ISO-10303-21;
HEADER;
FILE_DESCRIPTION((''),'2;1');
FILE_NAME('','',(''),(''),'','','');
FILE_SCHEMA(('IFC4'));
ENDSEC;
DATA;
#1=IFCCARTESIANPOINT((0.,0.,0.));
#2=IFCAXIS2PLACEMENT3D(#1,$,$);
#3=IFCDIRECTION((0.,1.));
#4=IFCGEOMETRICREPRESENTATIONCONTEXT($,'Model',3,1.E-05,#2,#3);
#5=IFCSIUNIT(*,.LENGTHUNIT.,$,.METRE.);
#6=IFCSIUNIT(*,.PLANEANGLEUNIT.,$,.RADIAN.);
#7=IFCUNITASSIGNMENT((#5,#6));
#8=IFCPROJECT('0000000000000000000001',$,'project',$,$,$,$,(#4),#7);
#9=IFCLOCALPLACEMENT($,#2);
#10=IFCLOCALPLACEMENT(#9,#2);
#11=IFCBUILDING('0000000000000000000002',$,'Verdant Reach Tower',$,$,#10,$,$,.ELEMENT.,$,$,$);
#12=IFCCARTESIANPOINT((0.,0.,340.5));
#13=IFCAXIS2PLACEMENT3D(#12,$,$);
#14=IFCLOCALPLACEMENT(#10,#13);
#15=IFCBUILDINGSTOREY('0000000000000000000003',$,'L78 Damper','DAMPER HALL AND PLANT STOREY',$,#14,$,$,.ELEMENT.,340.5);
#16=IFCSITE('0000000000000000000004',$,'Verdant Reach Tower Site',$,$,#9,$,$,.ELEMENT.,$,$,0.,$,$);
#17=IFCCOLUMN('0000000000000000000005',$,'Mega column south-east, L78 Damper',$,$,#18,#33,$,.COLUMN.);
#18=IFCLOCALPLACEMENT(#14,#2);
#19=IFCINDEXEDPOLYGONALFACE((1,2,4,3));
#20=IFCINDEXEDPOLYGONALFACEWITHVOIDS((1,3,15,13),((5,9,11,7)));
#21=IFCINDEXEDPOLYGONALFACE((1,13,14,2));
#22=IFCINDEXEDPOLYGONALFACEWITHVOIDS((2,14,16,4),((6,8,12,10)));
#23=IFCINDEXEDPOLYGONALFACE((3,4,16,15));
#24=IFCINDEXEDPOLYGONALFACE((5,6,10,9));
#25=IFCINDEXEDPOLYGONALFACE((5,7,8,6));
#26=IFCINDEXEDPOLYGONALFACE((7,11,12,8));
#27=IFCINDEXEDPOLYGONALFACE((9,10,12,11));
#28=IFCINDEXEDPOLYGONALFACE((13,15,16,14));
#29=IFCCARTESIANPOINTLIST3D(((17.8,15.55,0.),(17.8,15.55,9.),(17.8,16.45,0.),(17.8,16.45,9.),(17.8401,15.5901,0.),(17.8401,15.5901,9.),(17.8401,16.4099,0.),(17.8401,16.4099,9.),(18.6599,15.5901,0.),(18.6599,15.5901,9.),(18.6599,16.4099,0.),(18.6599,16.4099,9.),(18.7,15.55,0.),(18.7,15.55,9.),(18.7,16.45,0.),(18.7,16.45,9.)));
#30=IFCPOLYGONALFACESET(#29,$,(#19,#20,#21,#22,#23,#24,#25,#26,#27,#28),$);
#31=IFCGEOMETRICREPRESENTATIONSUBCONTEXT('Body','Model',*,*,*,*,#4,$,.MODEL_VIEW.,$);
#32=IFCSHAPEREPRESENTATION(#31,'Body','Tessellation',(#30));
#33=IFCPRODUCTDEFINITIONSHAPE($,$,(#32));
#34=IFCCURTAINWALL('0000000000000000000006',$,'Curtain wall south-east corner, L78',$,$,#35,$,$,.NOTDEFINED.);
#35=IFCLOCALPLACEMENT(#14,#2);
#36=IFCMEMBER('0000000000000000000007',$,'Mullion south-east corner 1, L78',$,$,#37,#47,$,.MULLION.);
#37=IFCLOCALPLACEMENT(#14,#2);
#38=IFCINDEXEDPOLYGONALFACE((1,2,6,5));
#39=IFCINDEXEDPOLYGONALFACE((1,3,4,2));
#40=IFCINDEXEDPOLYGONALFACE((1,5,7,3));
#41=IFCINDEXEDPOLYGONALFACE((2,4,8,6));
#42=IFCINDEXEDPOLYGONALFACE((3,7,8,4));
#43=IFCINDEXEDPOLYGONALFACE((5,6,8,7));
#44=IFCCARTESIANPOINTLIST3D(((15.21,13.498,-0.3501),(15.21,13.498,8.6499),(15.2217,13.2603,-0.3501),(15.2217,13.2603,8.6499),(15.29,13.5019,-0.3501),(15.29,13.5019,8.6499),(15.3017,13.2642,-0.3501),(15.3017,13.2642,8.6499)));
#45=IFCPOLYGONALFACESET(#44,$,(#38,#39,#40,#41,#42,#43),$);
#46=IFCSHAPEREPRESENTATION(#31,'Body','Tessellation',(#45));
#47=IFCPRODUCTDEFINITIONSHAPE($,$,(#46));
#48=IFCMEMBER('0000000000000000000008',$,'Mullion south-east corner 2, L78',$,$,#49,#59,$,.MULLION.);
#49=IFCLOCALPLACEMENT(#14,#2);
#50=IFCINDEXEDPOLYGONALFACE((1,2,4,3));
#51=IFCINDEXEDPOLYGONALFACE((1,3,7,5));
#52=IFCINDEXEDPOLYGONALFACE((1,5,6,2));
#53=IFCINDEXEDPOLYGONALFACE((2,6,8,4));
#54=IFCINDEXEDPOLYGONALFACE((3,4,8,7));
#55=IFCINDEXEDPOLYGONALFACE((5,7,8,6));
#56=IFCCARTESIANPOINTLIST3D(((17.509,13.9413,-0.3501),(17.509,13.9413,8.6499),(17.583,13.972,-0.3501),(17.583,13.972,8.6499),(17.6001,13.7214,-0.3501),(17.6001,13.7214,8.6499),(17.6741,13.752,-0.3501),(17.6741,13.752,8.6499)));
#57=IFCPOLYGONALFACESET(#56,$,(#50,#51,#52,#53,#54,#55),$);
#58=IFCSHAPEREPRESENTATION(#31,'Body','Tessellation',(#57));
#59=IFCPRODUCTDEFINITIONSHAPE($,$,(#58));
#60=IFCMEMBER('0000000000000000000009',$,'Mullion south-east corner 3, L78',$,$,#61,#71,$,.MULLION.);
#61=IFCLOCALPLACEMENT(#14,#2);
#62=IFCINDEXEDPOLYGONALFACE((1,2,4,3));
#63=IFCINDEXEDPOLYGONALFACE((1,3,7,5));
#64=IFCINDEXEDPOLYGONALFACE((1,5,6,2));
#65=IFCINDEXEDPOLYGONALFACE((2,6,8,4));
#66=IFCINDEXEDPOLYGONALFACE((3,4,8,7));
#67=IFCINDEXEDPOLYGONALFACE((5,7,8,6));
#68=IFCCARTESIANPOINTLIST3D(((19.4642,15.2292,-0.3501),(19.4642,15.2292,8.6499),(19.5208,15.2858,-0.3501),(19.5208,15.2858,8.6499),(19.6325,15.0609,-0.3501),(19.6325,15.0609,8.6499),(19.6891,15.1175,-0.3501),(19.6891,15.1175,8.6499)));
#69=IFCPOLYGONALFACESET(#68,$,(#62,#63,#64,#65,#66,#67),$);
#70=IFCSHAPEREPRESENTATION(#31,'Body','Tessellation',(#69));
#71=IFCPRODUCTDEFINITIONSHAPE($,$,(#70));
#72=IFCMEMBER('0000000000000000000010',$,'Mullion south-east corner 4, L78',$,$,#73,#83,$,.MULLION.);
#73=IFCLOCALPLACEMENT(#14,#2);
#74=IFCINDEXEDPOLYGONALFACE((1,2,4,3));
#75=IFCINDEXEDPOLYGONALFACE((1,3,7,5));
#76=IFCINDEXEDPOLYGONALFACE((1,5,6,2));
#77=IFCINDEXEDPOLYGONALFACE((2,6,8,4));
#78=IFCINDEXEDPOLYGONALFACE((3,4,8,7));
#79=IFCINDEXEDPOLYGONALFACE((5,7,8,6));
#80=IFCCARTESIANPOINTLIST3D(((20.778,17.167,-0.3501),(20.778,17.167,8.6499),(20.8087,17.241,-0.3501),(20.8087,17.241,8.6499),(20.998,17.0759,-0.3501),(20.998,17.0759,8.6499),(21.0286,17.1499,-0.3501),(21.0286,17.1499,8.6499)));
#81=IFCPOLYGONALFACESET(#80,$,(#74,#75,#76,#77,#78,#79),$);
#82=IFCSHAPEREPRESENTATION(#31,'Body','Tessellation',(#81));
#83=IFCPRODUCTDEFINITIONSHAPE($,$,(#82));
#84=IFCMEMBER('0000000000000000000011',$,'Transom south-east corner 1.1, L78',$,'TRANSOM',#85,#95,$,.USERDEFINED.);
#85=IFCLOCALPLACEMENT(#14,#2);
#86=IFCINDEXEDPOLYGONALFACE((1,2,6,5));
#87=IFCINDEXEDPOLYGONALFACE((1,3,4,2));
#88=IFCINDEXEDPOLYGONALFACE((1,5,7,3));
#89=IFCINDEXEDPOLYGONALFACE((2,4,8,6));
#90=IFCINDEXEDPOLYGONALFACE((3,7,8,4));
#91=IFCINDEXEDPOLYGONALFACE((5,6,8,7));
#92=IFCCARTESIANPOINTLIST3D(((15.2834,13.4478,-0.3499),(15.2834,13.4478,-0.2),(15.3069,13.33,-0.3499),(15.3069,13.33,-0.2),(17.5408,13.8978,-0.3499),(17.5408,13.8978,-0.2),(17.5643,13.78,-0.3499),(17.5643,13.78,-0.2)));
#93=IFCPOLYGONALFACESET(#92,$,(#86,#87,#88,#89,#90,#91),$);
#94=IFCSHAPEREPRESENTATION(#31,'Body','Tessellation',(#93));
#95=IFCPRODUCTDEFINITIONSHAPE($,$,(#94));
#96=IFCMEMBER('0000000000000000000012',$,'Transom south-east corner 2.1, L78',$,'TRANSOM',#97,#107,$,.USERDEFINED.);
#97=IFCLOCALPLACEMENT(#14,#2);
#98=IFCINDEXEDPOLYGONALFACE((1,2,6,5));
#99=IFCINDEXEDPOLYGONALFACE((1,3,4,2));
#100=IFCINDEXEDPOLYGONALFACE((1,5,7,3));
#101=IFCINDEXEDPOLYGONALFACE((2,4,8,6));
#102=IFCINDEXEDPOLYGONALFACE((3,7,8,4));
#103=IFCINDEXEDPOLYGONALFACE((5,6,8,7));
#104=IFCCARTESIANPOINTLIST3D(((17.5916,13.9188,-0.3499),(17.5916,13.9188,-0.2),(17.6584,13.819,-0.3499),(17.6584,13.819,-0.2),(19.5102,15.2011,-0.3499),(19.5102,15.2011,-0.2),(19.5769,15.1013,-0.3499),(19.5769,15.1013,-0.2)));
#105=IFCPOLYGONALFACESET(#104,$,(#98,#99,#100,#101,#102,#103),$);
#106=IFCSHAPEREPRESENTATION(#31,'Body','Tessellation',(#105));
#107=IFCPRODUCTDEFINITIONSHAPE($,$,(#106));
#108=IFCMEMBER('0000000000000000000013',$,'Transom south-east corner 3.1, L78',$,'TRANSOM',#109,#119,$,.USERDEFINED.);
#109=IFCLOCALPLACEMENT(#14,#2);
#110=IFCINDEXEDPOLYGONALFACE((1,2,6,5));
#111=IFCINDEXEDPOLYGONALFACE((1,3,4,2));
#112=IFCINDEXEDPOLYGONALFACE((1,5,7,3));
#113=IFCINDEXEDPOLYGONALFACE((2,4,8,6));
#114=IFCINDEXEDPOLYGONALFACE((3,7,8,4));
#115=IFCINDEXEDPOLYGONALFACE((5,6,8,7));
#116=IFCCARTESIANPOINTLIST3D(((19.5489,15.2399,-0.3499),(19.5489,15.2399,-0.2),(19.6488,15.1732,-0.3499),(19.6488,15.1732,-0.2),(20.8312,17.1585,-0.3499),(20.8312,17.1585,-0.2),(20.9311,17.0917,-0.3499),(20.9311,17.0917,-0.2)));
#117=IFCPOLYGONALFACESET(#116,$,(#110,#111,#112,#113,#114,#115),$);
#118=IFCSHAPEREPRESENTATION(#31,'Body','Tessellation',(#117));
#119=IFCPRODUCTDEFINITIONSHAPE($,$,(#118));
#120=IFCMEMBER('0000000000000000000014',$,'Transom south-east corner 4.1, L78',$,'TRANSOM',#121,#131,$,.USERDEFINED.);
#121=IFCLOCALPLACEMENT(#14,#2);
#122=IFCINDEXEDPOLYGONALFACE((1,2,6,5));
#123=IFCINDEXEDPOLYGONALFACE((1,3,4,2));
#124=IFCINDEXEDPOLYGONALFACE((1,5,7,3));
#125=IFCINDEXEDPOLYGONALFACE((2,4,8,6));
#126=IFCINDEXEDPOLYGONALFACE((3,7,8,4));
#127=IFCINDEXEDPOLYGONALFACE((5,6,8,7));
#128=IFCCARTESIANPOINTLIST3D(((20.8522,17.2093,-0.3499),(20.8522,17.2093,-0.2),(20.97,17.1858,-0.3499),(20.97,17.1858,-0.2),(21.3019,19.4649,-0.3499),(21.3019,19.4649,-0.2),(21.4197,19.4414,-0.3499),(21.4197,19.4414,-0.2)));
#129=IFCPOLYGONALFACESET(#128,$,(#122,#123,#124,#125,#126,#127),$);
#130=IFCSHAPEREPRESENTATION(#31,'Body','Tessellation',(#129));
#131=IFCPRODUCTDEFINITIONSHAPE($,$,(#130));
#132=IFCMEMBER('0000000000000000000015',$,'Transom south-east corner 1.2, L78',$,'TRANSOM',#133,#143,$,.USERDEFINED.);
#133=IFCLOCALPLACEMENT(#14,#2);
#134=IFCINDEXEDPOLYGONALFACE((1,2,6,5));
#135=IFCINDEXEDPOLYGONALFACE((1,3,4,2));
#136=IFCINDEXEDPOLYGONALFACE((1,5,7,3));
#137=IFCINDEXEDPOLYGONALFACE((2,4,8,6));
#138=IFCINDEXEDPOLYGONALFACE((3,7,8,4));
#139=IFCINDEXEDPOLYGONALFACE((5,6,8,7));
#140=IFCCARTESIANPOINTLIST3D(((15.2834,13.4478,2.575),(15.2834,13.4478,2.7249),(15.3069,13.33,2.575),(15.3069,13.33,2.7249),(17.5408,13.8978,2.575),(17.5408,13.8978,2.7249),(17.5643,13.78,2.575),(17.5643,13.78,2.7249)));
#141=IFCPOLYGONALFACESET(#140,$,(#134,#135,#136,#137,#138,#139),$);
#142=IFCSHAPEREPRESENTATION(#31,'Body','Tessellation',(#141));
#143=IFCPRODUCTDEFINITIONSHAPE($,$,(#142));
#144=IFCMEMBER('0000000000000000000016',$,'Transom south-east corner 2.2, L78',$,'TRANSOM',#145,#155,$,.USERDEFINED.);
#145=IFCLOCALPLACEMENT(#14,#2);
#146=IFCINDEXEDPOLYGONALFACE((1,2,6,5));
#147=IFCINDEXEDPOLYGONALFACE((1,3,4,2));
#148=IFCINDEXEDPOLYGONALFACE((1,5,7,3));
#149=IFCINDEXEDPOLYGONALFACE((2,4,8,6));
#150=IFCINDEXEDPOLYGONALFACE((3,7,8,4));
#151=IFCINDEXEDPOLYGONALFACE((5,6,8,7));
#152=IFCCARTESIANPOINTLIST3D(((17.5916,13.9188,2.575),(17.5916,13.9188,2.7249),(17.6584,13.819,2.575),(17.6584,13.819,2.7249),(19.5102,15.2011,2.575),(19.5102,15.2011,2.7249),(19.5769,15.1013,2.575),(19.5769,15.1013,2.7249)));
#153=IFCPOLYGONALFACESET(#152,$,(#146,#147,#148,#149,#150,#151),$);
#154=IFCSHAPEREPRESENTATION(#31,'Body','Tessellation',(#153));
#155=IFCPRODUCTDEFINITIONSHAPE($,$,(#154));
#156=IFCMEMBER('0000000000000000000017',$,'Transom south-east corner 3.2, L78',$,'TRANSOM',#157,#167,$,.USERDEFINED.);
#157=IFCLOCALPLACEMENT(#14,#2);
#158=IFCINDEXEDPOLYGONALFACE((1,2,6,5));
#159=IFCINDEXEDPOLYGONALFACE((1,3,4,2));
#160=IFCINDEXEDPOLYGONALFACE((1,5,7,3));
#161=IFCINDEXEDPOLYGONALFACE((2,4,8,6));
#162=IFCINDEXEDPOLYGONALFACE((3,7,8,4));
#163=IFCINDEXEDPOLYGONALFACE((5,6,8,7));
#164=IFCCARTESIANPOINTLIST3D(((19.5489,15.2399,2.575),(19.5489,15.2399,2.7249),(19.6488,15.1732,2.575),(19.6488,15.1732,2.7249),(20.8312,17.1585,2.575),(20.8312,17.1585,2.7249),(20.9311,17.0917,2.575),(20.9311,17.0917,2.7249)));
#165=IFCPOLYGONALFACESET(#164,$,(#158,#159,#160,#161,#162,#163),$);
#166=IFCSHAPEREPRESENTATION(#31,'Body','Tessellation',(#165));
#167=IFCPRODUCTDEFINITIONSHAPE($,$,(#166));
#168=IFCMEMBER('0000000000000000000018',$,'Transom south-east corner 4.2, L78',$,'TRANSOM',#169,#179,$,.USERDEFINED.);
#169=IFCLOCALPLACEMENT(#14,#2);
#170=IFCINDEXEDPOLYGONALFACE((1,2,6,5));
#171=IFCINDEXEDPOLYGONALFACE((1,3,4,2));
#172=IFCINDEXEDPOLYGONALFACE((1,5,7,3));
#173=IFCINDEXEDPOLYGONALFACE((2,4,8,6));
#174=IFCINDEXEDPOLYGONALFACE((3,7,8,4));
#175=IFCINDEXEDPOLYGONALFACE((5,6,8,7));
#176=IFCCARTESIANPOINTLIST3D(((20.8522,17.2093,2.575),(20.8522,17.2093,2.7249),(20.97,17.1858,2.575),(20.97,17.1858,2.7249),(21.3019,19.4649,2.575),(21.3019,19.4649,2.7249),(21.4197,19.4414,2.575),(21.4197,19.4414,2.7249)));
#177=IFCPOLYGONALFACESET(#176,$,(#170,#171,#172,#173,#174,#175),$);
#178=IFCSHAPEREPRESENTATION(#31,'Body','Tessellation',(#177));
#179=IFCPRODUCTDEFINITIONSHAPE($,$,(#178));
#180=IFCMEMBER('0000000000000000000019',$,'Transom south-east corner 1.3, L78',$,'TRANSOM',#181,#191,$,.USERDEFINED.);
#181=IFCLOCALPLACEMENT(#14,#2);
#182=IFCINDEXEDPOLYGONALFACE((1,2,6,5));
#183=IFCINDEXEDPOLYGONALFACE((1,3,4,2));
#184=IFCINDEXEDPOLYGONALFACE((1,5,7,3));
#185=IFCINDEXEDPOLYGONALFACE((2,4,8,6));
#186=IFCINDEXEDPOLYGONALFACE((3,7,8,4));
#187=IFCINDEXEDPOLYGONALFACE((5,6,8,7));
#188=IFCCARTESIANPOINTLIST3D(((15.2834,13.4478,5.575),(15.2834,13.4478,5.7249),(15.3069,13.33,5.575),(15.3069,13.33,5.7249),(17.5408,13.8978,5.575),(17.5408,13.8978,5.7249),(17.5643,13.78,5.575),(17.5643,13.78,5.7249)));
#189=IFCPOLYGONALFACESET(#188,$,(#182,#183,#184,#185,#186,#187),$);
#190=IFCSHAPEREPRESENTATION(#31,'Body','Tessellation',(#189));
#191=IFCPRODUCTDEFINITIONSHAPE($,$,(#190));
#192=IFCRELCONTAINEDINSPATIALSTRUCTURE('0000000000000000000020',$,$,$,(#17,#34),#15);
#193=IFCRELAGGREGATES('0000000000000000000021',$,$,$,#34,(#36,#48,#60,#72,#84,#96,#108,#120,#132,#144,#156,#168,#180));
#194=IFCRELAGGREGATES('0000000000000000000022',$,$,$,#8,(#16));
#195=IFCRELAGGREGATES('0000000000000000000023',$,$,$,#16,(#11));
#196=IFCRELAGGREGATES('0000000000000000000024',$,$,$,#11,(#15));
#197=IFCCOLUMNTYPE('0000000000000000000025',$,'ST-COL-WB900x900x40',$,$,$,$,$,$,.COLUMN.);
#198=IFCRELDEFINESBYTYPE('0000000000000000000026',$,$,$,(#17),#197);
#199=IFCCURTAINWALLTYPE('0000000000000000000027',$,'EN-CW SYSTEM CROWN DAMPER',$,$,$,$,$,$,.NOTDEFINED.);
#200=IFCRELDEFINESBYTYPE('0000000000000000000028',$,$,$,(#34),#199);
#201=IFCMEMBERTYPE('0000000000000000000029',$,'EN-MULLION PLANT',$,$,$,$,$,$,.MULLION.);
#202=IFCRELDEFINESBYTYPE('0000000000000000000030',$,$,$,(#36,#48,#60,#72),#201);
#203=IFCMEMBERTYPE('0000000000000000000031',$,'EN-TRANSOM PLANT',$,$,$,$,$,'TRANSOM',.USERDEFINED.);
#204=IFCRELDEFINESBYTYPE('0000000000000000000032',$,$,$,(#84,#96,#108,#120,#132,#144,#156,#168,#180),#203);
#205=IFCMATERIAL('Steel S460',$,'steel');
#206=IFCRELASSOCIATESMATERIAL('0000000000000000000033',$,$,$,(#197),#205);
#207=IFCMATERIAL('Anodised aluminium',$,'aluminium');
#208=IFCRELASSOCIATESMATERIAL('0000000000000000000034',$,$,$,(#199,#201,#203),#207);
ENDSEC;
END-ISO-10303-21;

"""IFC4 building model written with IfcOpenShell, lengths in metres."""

from ifc_helpers import new_model, si_unit, direction, frame, origin, origin_2d, place, context, subcontext, project, spatial, rectangle, hollow_rectangle, extrude, material, material_profile, profile_set, type_object, element, aggregate, save


model = new_model("IFC4")

# Units and contexts
model_context = context("Model", 3, precision=1e-05, world=origin(), true_north=direction((0.0, 1.0)))
body_context = subcontext(model_context, "Body", "Model", "MODEL_VIEW")
ifc_project = project(units=[si_unit("LENGTHUNIT", "METRE"), si_unit("PLANEANGLEUNIT", "RADIAN")], contexts=[model_context])

# Site, building, storey
site_placement = place(None, origin())
site = spatial("IfcSite", under=ifc_project, at=site_placement, Name="Verdant Reach Tower Site", CompositionType="ELEMENT", RefElevation=0.0)
building_placement = place(site_placement, origin())
building = spatial("IfcBuilding", under=site, at=building_placement, Name="Verdant Reach Tower", CompositionType="ELEMENT")
storey_placement = place(building_placement, frame((0.0, 0.0, 340.5)))
storey = spatial("IfcBuildingStorey", under=building, at=storey_placement, Name="L78 Damper", Description="DAMPER HALL AND PLANT STOREY", CompositionType="ELEMENT", Elevation=340.5)

# Column
ifc_material_1 = material(Name="Steel S460", Category="steel")
ifc_material_profile_1 = material_profile(ifc_material_1, hollow_rectangle(XDim=0.8999, YDim=0.8999, WallThickness=0.04, at=origin_2d()), Name="WB 900x900x40")
ifc_profile_set_1 = profile_set([ifc_material_profile_1], Name="Steel S460")
column_type = type_object("IfcColumnType", Name="ST-COL-WB900x900x40", PredefinedType="COLUMN", material=ifc_profile_set_1)
column_placement = place(storey_placement, frame((18.25, 16.0, 0.0), z_axis=(0.0, 0.0, 1.0), x_axis=(1.0, 0.0, 0.0)))
element("IfcColumn", 1, at=column_placement, inside=storey, type_object=column_type, Name="Mega column south-east, L78 Damper", PredefinedType="COLUMN", context=body_context, shape_type="SweptSolid", body=[
    extrude(hollow_rectangle(XDim=0.8999, YDim=0.8999, WallThickness=0.04, at=origin_2d()), origin(), (0.0, 0.0, 1.0), 9.0),
])

# Curtain wall, members
ifc_material_2 = material(Name="Anodised aluminium", Category="aluminium")
curtain_wall_type = type_object("IfcCurtainWallType", Name="EN-CW SYSTEM CROWN DAMPER", PredefinedType="NOTDEFINED", material=ifc_material_2)
curtain_wall_placement = place(storey_placement, origin())
curtain_wall = element("IfcCurtainWall", 2, at=curtain_wall_placement, inside=storey, type_object=curtain_wall_type, Name="Curtain wall south-east corner, L78", PredefinedType="NOTDEFINED")
ifc_material_profile_2 = material_profile(ifc_material_2, rectangle(XDim=0.238, YDim=0.0801, at=origin_2d()), Name="Mullion 80x240")
ifc_profile_set_2 = profile_set([ifc_material_profile_2], Name="Anodised aluminium")
member_type_1 = type_object("IfcMemberType", Name="EN-MULLION PLANT", PredefinedType="MULLION", material=ifc_profile_set_2)
member_1_placement = place(storey_placement, frame((15.2559, 13.3811, -0.3501), z_axis=(0.0, 0.0, 1.0), x_axis=(0.049128, -0.998793, 0.0)))
member_1 = element("IfcMember", 3, at=member_1_placement, type_object=member_type_1, Name="Mullion south-east corner 1, L78", PredefinedType="MULLION", context=body_context, shape_type="SweptSolid", body=[
    extrude(rectangle(XDim=0.238, YDim=0.0801, at=origin_2d()), origin(), (0.0, 0.0, 1.0), 9.0),
])
member_2_placement = place(storey_placement, frame((17.5916, 13.8467, -0.3501), z_axis=(0.0, 0.0, 1.0), x_axis=(0.382694, -0.923875, 0.0)))
member_2 = element("IfcMember", 4, at=member_2_placement, type_object=member_type_1, Name="Mullion south-east corner 2, L78", PredefinedType="MULLION", context=body_context, shape_type="SweptSolid", body=[
    extrude(rectangle(XDim=0.238, YDim=0.0801, at=origin_2d()), origin(), (0.0, 0.0, 1.0), 9.0),
])
member_3_placement = place(storey_placement, frame((19.5767, 15.1733, -0.3501), z_axis=(0.0, 0.0, 1.0), x_axis=(0.707107, -0.707107, 0.0)))
member_3 = element("IfcMember", 5, at=member_3_placement, type_object=member_type_1, Name="Mullion south-east corner 3, L78", PredefinedType="MULLION", context=body_context, shape_type="SweptSolid", body=[
    extrude(rectangle(XDim=0.238, YDim=0.0801, at=origin_2d()), origin(), (0.0, 0.0, 1.0), 9.0),
])
member_4_placement = place(storey_placement, frame((20.9033, 17.1584, -0.3501), z_axis=(0.0, 0.0, 1.0), x_axis=(0.923875, -0.382694, 0.0)))
member_4 = element("IfcMember", 6, at=member_4_placement, type_object=member_type_1, Name="Mullion south-east corner 4, L78", PredefinedType="MULLION", context=body_context, shape_type="SweptSolid", body=[
    extrude(rectangle(XDim=0.238, YDim=0.0801, at=origin_2d()), origin(), (0.0, 0.0, 1.0), 9.0),
])
ifc_material_profile_3 = material_profile(ifc_material_2, rectangle(XDim=0.1201, YDim=0.1499, at=origin_2d()), Name="Transom 150x120")
ifc_profile_set_3 = profile_set([ifc_material_profile_3], Name="Anodised aluminium")
member_type_2 = type_object("IfcMemberType", Name="EN-TRANSOM PLANT", ElementType="TRANSOM", PredefinedType="USERDEFINED", material=ifc_profile_set_3)
member_5_placement = place(storey_placement, frame((15.2952, 13.3889, -0.2749), z_axis=(0.980707, 0.195484, 0.0), x_axis=(-0.195484, 0.980707, 0.0)))
member_5 = element("IfcMember", 7, at=member_5_placement, type_object=member_type_2, Name="Transom south-east corner 1.1, L78", ObjectType="TRANSOM", PredefinedType="USERDEFINED", context=body_context, shape_type="SweptSolid", body=[
    extrude(rectangle(XDim=0.1201, YDim=0.1499, at=origin_2d()), origin(), (0.0, 0.0, 1.0), 2.3018),
])
member_6_placement = place(storey_placement, frame((17.625, 13.8689, -0.2749), z_axis=(0.831399, 0.555676, 0.0), x_axis=(-0.555676, 0.831399, 0.0)))
member_6 = element("IfcMember", 8, at=member_6_placement, type_object=member_type_2, Name="Transom south-east corner 2.1, L78", ObjectType="TRANSOM", PredefinedType="USERDEFINED", context=body_context, shape_type="SweptSolid", body=[
    extrude(rectangle(XDim=0.1201, YDim=0.1499, at=origin_2d()), origin(), (0.0, 0.0, 1.0), 2.3076),
])
member_7_placement = place(storey_placement, frame((19.5989, 15.2065, -0.2749), z_axis=(0.555676, 0.831399, 0.0), x_axis=(-0.831399, 0.555676, 0.0)))
member_7 = element("IfcMember", 9, at=member_7_placement, type_object=member_type_2, Name="Transom south-east corner 3.1, L78", ObjectType="TRANSOM", PredefinedType="USERDEFINED", context=body_context, shape_type="SweptSolid", body=[
    extrude(rectangle(XDim=0.1201, YDim=0.1499, at=origin_2d()), origin(), (0.0, 0.0, 1.0), 2.3076),
])
member_8_placement = place(storey_placement, frame((20.9111, 17.1975, -0.2749), z_axis=(0.195524, 0.980699, 0.0), x_axis=(-0.980699, 0.195524, 0.0)))
member_8 = element("IfcMember", 10, at=member_8_placement, type_object=member_type_2, Name="Transom south-east corner 4.1, L78", ObjectType="TRANSOM", PredefinedType="USERDEFINED", context=body_context, shape_type="SweptSolid", body=[
    extrude(rectangle(XDim=0.1201, YDim=0.1499, at=origin_2d()), origin(), (0.0, 0.0, 1.0), 2.3),
])
member_9_placement = place(storey_placement, frame((15.2952, 13.3889, 2.6499), z_axis=(0.980707, 0.195484, 0.0), x_axis=(-0.195484, 0.980707, 0.0)))
member_9 = element("IfcMember", 11, at=member_9_placement, type_object=member_type_2, Name="Transom south-east corner 1.2, L78", ObjectType="TRANSOM", PredefinedType="USERDEFINED", context=body_context, shape_type="SweptSolid", body=[
    extrude(rectangle(XDim=0.1201, YDim=0.1499, at=origin_2d()), origin(), (0.0, 0.0, 1.0), 2.3018),
])
member_10_placement = place(storey_placement, frame((17.625, 13.8689, 2.6499), z_axis=(0.831399, 0.555676, 0.0), x_axis=(-0.555676, 0.831399, 0.0)))
member_10 = element("IfcMember", 12, at=member_10_placement, type_object=member_type_2, Name="Transom south-east corner 2.2, L78", ObjectType="TRANSOM", PredefinedType="USERDEFINED", context=body_context, shape_type="SweptSolid", body=[
    extrude(rectangle(XDim=0.1201, YDim=0.1499, at=origin_2d()), origin(), (0.0, 0.0, 1.0), 2.3076),
])
member_11_placement = place(storey_placement, frame((19.5989, 15.2065, 2.6499), z_axis=(0.555676, 0.831399, 0.0), x_axis=(-0.831399, 0.555676, 0.0)))
member_11 = element("IfcMember", 13, at=member_11_placement, type_object=member_type_2, Name="Transom south-east corner 3.2, L78", ObjectType="TRANSOM", PredefinedType="USERDEFINED", context=body_context, shape_type="SweptSolid", body=[
    extrude(rectangle(XDim=0.1201, YDim=0.1499, at=origin_2d()), origin(), (0.0, 0.0, 1.0), 2.3076),
])
member_12_placement = place(storey_placement, frame((20.9111, 17.1975, 2.6499), z_axis=(0.195524, 0.980699, 0.0), x_axis=(-0.980699, 0.195524, 0.0)))
member_12 = element("IfcMember", 14, at=member_12_placement, type_object=member_type_2, Name="Transom south-east corner 4.2, L78", ObjectType="TRANSOM", PredefinedType="USERDEFINED", context=body_context, shape_type="SweptSolid", body=[
    extrude(rectangle(XDim=0.1201, YDim=0.1499, at=origin_2d()), origin(), (0.0, 0.0, 1.0), 2.3),
])
member_13_placement = place(storey_placement, frame((15.2952, 13.3889, 5.6499), z_axis=(0.980707, 0.195484, 0.0), x_axis=(-0.195484, 0.980707, 0.0)))
member_13 = element("IfcMember", 15, at=member_13_placement, type_object=member_type_2, Name="Transom south-east corner 1.3, L78", ObjectType="TRANSOM", PredefinedType="USERDEFINED", context=body_context, shape_type="SweptSolid", body=[
    extrude(rectangle(XDim=0.1201, YDim=0.1499, at=origin_2d()), origin(), (0.0, 0.0, 1.0), 2.3018),
])

aggregate(curtain_wall, [member_1, member_2, member_3, member_4, member_5, member_6, member_7, member_8, member_9, member_10, member_11, member_12, member_13])

save(model, "model.ifc")
